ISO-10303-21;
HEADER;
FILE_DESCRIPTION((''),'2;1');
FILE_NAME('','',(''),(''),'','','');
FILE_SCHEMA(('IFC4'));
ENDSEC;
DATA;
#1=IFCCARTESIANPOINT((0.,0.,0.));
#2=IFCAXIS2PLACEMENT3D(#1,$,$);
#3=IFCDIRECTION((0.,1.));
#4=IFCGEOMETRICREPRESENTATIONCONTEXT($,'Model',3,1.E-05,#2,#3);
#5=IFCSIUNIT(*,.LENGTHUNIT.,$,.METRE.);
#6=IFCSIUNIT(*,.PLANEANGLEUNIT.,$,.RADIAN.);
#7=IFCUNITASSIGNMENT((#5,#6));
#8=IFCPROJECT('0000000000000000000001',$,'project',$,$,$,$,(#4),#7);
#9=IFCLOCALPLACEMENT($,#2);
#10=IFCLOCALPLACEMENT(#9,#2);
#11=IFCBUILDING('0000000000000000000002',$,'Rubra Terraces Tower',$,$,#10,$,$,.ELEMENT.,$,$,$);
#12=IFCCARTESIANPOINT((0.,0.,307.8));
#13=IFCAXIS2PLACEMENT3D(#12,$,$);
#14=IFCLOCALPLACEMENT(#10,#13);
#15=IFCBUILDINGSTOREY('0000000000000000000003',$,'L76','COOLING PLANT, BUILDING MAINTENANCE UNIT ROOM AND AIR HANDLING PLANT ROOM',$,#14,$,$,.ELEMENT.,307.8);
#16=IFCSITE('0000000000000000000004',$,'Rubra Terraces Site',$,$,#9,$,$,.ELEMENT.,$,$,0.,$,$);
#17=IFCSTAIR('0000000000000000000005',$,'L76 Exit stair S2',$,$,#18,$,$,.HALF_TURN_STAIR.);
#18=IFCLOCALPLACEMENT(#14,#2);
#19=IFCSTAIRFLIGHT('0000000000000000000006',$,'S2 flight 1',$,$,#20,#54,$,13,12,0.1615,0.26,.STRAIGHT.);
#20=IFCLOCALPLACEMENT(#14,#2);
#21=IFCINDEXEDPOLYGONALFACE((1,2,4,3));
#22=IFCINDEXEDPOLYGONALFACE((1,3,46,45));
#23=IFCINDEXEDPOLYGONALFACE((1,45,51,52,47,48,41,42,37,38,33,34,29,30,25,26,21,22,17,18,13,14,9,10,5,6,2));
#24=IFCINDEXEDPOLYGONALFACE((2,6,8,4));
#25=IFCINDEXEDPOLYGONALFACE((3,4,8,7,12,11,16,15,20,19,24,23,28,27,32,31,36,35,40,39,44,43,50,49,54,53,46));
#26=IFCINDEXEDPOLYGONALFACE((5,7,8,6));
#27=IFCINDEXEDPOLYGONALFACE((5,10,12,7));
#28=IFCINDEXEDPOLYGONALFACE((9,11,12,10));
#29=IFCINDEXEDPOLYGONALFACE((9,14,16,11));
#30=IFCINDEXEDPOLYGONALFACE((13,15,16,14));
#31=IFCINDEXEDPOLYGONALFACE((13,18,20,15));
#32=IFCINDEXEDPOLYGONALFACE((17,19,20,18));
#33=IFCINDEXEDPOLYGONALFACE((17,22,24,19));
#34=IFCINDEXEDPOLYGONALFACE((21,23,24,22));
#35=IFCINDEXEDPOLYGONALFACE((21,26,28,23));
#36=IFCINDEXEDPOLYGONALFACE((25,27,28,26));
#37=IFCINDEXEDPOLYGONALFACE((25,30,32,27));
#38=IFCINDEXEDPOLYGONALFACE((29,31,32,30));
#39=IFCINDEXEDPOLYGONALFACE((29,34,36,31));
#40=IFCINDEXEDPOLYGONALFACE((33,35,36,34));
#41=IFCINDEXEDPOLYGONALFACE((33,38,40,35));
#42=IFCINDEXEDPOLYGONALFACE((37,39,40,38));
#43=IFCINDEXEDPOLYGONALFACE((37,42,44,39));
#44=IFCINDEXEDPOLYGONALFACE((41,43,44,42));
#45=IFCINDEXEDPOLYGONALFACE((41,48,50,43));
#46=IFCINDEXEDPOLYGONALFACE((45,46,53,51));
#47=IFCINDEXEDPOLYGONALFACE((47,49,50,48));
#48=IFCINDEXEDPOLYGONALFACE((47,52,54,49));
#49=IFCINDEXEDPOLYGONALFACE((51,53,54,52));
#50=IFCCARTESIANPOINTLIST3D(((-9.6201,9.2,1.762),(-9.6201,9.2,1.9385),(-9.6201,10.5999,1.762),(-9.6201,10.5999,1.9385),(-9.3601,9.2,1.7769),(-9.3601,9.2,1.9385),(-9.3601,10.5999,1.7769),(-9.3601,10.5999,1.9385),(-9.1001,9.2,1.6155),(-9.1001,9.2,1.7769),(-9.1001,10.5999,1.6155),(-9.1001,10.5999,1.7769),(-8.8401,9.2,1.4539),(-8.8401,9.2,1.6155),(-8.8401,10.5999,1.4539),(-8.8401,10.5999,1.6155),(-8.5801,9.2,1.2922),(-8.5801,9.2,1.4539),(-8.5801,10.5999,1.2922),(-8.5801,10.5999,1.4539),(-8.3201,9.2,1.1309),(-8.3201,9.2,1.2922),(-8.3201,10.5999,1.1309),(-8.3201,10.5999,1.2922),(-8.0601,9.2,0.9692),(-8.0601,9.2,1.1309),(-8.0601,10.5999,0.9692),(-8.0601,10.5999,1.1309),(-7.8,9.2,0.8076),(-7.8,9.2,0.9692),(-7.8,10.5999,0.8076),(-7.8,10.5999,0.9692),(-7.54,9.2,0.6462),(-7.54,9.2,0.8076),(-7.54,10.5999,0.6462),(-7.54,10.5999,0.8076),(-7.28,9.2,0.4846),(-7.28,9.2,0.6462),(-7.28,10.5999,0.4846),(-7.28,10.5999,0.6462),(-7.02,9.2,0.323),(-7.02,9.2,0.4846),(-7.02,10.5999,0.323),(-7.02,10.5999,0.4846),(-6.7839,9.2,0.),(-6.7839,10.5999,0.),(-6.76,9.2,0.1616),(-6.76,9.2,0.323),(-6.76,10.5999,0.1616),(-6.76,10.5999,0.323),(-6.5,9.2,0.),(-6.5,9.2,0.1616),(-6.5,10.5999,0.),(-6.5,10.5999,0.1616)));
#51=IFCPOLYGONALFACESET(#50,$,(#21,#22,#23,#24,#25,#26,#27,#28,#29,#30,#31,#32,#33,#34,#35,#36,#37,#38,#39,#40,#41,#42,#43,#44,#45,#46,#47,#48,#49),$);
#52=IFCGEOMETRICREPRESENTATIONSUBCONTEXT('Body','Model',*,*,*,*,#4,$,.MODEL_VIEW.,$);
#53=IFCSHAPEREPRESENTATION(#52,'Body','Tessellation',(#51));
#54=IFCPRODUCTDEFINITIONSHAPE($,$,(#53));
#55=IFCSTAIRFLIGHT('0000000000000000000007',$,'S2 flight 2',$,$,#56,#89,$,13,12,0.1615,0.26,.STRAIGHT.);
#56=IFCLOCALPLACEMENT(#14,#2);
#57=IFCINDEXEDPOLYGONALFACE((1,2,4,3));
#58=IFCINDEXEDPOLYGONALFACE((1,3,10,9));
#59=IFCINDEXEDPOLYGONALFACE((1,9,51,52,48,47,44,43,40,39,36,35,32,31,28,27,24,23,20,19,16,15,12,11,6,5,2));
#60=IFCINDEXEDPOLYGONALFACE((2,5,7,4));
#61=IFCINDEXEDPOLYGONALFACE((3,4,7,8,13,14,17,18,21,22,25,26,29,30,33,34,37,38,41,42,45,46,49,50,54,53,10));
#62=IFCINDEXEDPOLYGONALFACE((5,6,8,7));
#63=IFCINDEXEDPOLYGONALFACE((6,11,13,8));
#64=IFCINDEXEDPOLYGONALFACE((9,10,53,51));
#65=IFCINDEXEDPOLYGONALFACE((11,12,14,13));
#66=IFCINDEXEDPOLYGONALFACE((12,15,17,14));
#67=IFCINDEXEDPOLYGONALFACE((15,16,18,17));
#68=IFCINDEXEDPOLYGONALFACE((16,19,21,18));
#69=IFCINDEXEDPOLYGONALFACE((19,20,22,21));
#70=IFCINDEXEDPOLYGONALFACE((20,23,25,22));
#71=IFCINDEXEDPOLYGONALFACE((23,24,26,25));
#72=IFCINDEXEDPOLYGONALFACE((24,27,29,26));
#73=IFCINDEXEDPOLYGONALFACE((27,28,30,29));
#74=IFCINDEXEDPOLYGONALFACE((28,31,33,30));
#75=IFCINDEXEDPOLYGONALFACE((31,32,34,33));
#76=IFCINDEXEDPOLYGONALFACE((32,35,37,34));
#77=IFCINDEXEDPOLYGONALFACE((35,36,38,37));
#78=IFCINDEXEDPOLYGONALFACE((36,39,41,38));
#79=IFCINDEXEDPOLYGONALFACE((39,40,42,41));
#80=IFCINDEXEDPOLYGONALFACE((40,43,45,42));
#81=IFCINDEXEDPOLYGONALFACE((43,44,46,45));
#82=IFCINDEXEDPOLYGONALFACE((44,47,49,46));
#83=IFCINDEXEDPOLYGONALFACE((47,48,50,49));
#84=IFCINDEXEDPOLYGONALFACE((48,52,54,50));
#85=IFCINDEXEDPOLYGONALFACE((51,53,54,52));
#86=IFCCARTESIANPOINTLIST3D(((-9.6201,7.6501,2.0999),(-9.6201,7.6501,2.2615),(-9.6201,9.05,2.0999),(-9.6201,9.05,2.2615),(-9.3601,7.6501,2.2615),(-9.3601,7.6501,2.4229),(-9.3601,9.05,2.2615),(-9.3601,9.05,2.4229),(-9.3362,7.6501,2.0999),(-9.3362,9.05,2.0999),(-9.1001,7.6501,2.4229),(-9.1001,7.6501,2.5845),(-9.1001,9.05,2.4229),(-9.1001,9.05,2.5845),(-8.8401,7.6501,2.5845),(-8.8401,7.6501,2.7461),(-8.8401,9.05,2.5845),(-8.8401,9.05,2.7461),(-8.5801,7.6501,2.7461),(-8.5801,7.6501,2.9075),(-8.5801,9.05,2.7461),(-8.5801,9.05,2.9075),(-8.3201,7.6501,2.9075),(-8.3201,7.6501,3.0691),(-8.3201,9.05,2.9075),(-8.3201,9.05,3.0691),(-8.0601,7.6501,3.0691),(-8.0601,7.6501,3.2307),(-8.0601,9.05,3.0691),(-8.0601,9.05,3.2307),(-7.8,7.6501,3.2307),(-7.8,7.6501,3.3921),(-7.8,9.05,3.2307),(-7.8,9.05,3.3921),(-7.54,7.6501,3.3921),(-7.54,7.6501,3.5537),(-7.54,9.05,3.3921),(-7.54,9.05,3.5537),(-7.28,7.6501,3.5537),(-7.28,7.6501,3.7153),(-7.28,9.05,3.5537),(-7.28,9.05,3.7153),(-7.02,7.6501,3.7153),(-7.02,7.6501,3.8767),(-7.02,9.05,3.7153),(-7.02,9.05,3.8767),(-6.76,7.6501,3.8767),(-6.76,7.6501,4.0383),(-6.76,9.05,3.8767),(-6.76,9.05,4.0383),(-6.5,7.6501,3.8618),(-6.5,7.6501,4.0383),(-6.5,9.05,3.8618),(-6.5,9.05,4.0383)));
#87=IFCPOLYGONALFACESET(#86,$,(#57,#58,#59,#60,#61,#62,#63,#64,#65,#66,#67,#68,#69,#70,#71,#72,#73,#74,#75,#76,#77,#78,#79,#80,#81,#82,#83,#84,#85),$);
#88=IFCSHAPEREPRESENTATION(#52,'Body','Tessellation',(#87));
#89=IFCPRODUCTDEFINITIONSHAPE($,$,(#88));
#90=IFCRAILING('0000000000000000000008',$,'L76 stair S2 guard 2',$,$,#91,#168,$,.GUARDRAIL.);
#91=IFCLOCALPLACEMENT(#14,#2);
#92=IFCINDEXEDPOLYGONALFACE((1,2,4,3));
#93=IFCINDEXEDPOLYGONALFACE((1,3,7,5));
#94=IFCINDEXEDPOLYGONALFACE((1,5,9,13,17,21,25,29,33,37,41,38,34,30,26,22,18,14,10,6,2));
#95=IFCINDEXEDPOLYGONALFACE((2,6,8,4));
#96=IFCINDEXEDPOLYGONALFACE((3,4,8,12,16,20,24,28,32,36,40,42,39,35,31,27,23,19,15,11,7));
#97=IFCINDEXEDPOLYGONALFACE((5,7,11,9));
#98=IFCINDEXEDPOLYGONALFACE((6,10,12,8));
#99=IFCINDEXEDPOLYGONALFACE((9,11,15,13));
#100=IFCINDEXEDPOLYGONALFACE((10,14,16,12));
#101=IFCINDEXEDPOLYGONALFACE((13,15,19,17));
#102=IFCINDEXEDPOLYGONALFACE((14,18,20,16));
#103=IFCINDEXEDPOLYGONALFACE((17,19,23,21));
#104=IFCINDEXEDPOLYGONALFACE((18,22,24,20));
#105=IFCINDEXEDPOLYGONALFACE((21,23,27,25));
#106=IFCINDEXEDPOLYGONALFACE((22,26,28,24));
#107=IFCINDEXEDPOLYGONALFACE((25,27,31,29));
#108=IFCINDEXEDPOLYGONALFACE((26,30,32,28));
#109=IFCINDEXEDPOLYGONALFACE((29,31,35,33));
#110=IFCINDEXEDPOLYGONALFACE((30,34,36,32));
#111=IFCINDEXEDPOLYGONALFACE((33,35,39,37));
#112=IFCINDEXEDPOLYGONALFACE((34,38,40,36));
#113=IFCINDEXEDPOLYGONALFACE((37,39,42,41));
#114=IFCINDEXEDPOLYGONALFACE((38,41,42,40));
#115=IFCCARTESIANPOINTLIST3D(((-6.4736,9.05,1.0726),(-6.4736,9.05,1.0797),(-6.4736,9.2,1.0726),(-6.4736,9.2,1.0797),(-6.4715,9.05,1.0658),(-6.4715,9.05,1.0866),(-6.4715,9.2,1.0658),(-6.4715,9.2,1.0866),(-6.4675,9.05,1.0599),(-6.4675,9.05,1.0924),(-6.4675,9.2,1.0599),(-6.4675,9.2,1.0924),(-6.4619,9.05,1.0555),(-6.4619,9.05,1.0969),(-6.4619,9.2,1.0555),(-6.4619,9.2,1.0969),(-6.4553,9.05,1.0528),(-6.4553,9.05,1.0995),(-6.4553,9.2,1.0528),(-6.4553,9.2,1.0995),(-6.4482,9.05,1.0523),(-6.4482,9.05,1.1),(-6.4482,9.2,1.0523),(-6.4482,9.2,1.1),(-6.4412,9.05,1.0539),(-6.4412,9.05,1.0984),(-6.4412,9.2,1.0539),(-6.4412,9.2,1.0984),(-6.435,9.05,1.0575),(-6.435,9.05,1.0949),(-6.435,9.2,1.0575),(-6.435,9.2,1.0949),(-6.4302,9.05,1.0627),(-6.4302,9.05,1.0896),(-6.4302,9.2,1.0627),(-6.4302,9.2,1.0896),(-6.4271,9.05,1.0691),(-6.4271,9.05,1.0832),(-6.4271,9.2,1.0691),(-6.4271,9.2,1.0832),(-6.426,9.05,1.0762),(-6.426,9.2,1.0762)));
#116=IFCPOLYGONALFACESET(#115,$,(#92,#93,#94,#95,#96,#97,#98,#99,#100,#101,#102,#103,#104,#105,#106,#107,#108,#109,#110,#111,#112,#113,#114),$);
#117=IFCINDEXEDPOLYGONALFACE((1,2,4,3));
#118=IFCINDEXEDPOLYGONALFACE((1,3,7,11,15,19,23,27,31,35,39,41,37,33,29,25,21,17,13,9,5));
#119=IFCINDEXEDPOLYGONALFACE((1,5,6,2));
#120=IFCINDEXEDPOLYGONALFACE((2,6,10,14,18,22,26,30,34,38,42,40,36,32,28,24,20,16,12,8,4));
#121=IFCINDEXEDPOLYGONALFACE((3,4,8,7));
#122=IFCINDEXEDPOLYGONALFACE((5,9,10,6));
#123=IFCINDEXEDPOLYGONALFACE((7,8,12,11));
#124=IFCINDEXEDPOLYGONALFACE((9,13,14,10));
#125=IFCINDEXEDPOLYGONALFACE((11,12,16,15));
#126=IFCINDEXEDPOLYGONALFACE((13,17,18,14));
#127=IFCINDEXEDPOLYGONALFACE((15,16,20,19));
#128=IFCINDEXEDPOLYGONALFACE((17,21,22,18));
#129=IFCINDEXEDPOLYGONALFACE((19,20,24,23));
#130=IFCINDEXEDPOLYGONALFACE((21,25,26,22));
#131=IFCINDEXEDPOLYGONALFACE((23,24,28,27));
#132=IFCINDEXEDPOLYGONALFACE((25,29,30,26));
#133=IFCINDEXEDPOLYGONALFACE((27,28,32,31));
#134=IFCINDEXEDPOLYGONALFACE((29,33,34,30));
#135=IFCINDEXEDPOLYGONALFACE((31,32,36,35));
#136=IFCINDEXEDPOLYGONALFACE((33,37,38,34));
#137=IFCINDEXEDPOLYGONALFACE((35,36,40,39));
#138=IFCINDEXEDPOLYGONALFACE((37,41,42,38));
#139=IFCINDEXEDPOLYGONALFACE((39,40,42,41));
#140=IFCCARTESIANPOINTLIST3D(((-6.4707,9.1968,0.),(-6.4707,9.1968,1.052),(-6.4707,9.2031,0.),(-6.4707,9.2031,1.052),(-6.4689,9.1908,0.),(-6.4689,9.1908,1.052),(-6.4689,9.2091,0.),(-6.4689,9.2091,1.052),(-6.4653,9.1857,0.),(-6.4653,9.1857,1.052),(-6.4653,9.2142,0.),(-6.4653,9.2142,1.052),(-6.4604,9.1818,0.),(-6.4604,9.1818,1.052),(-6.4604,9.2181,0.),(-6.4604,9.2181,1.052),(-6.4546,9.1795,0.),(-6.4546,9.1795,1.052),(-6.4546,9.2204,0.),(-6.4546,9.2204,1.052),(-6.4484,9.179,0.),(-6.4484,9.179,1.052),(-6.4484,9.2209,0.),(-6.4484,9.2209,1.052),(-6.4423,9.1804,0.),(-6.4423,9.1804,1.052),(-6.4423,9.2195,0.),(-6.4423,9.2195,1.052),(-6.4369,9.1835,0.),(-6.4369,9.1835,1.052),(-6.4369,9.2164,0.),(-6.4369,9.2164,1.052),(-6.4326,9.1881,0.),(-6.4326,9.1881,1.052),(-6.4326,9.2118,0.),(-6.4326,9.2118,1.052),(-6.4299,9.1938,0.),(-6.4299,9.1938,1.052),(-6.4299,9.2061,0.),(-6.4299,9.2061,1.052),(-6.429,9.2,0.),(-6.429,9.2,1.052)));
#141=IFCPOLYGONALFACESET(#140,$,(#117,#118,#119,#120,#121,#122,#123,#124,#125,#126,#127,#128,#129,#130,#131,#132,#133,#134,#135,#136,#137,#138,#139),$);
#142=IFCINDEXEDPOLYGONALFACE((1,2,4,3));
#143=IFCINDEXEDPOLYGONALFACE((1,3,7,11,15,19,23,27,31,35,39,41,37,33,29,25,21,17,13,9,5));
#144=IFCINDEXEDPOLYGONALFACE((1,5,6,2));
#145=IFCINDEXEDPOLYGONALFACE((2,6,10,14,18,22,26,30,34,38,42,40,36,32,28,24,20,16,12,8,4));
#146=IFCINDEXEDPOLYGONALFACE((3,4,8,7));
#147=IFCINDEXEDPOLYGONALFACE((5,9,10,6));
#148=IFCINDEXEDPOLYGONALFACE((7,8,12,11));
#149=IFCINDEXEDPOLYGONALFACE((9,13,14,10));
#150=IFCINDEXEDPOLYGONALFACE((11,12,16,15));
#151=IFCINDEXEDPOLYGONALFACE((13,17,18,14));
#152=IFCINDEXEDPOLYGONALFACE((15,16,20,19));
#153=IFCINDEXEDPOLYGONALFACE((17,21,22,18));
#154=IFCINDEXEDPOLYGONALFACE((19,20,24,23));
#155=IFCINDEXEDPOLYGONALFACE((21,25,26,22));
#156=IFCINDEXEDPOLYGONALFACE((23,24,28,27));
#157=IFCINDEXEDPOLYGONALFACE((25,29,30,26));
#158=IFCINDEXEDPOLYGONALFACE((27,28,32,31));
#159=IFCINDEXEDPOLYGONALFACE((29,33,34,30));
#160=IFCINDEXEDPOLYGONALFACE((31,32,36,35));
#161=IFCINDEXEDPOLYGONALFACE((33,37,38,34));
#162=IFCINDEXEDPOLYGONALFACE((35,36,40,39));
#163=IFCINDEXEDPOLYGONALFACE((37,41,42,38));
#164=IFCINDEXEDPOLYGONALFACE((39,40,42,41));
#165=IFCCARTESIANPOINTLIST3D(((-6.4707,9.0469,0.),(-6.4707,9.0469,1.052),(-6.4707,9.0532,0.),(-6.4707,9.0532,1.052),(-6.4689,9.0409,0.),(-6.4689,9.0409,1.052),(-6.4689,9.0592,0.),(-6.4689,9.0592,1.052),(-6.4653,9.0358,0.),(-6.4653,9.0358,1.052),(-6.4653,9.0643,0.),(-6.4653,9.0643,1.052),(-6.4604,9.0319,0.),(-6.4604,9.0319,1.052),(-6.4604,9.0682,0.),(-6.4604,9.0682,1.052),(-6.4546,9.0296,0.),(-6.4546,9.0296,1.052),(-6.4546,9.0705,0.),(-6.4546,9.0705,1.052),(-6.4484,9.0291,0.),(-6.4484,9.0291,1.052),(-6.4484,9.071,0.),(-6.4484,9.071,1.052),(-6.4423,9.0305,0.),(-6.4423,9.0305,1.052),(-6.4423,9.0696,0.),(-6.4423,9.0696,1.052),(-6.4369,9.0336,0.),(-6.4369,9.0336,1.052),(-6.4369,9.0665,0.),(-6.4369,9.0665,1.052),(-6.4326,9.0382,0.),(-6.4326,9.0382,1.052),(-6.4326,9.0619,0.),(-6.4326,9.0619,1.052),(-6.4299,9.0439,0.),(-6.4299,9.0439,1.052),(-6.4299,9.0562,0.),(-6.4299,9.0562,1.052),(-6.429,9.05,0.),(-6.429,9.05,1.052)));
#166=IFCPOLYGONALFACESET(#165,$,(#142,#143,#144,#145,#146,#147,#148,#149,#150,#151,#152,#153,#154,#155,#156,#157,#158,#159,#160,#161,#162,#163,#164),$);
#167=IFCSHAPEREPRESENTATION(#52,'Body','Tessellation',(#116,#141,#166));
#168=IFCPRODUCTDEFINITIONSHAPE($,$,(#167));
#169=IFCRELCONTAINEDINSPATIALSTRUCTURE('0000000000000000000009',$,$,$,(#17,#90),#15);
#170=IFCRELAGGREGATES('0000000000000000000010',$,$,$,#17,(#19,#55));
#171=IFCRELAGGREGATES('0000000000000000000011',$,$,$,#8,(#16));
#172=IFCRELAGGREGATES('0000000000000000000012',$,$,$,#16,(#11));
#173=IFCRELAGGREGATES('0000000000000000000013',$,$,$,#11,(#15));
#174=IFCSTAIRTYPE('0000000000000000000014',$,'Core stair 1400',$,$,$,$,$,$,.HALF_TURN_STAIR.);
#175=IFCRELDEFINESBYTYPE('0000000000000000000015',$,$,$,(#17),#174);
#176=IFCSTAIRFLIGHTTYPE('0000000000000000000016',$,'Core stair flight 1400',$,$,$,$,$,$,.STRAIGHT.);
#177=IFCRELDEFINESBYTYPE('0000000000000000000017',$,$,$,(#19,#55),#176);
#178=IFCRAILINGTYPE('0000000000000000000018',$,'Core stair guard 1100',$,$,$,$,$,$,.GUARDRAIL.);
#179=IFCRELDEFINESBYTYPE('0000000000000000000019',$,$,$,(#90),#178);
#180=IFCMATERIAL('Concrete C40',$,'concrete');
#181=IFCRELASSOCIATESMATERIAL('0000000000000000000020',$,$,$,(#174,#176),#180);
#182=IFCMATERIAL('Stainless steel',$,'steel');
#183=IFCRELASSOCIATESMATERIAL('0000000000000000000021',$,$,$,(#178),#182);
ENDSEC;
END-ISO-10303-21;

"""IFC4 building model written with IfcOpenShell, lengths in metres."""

from ifc_helpers import new_model, si_unit, direction, frame, origin, origin_2d, place, context, subcontext, project, spatial, polyline, circle, outline, extrude, material, type_object, element, aggregate, save


model = new_model("IFC4")

# Units and contexts
model_context = context("Model", 3, precision=1e-05, world=origin(), true_north=direction((0.0, 1.0)))
body_context = subcontext(model_context, "Body", "Model", "MODEL_VIEW")
ifc_project = project(units=[si_unit("LENGTHUNIT", "METRE"), si_unit("PLANEANGLEUNIT", "RADIAN")], contexts=[model_context])

# Site, building, storey
site_placement = place(None, origin())
site = spatial("IfcSite", under=ifc_project, at=site_placement, Name="Rubra Terraces Site", CompositionType="ELEMENT", RefElevation=0.0)
building_placement = place(site_placement, origin())
building = spatial("IfcBuilding", under=site, at=building_placement, Name="Rubra Terraces Tower", CompositionType="ELEMENT")
storey_placement = place(building_placement, frame((0.0, 0.0, 307.8)))
storey = spatial("IfcBuildingStorey", under=building, at=storey_placement, Name="L76", Description="COOLING PLANT, BUILDING MAINTENANCE UNIT ROOM AND AIR HANDLING PLANT ROOM", CompositionType="ELEMENT", Elevation=307.8)

# Shared definitions
ifc_material_1 = material(Name="Concrete C40", Category="concrete")

# Stair, stair flights
stair_type = type_object("IfcStairType", Name="Core stair 1400", PredefinedType="HALF_TURN_STAIR", material=ifc_material_1)
stair_placement = place(storey_placement, origin())
stair = element("IfcStair", 1, at=stair_placement, inside=storey, type_object=stair_type, Name="L76 Exit stair S2", PredefinedType="HALF_TURN_STAIR")
stair_flight_type = type_object("IfcStairFlightType", Name="Core stair flight 1400", PredefinedType="STRAIGHT", material=ifc_material_1)
stair_flight_1_placement = place(storey_placement, frame((-6.5, 9.8999, 0.0), z_axis=(0.0, 0.0, 1.0), x_axis=(-1.0, 0.0, 0.0)))
stair_flight_1 = element("IfcStairFlight", 2, at=stair_flight_1_placement, type_object=stair_flight_type, Name="S2 flight 1", NumberOfRisers=13, NumberOfTreads=12, PredefinedType="STRAIGHT", RiserHeight=0.1615, TreadLength=0.26, context=body_context, shape_type="SweptSolid", body=[
    extrude(outline(polyline([(0.0, 0.0), (0.0, 0.1616), (0.26, 0.1616), (0.26, 0.323), (0.52, 0.323), (0.52, 0.4846), (0.78, 0.4846), (0.78, 0.6462), (1.04, 0.6462), (1.04, 0.8076), (1.3, 0.8076), (1.3, 0.9692), (1.5601, 0.9692), (1.5601, 1.1309), (1.8201, 1.1309), (1.8201, 1.2922), (2.0801, 1.2922), (2.0801, 1.4539), (2.3401, 1.4539), (2.3401, 1.6155), (2.6001, 1.6155), (2.6001, 1.7769), (2.8601, 1.7769), (2.8601, 1.9385), (3.1201, 1.9385), (3.1201, 2.1001), (3.1201, 1.762), (0.2839, 0.0), (0.0, 0.0)])), frame((0.0, 0.7, 0.0), z_axis=(0.0, -1.0, 0.0), x_axis=(1.0, 0.0, 0.0)), (0.0, 0.0, 1.0), 1.3999),
])
stair_flight_2_placement = place(storey_placement, frame((-9.6201, 8.3501, 2.0999), z_axis=(0.0, 0.0, 1.0), x_axis=(1.0, 0.0, 0.0)))
stair_flight_2 = element("IfcStairFlight", 3, at=stair_flight_2_placement, type_object=stair_flight_type, Name="S2 flight 2", NumberOfRisers=13, NumberOfTreads=12, PredefinedType="STRAIGHT", RiserHeight=0.1615, TreadLength=0.26, context=body_context, shape_type="SweptSolid", body=[
    extrude(outline(polyline([(0.0, 0.0), (0.0, 0.1616), (0.26, 0.1616), (0.26, 0.323), (0.52, 0.323), (0.52, 0.4846), (0.78, 0.4846), (0.78, 0.6462), (1.04, 0.6462), (1.04, 0.8076), (1.3, 0.8076), (1.3, 0.9692), (1.5601, 0.9692), (1.5601, 1.1309), (1.8201, 1.1309), (1.8201, 1.2922), (2.0801, 1.2922), (2.0801, 1.4539), (2.3401, 1.4539), (2.3401, 1.6155), (2.6001, 1.6155), (2.6001, 1.7769), (2.8601, 1.7769), (2.8601, 1.9385), (3.1201, 1.9385), (3.1201, 2.1001), (3.1201, 1.762), (0.2839, 0.0), (0.0, 0.0)])), frame((0.0, 0.7, 0.0), z_axis=(0.0, -1.0, 0.0), x_axis=(1.0, 0.0, 0.0)), (0.0, 0.0, 1.0), 1.3999),
])
aggregate(stair, [stair_flight_1, stair_flight_2])

# Railing
ifc_material_2 = material(Name="Stainless steel", Category="steel")
railing_type_1 = type_object("IfcRailingType", Name="Core stair guard 1100", PredefinedType="GUARDRAIL", material=ifc_material_2)
railing_1_placement = place(storey_placement, frame((-6.45, 9.2, 0.0)))
element("IfcRailing", 4, at=railing_1_placement, inside=storey, type_object=railing_type_1, Name="L76 stair S2 guard 2", PredefinedType="GUARDRAIL", context=body_context, shape_type="SweptSolid", body=[
    extrude(circle(Radius=0.0239, at=origin_2d()), frame((0.0, 0.0, 1.0762), z_axis=(0.0, -1.0, 0.0), x_axis=(1.0, 0.0, 0.0)), (0.0, 0.0, 1.0), 0.1499),
    extrude(circle(Radius=0.021, at=origin_2d()), origin(), (0.0, 0.0, 1.0), 1.052),
    extrude(circle(Radius=0.021, at=origin_2d()), frame((0.0, -0.1499, 0.0)), (0.0, 0.0, 1.0), 1.052),
])

save(model, "model.ifc")
